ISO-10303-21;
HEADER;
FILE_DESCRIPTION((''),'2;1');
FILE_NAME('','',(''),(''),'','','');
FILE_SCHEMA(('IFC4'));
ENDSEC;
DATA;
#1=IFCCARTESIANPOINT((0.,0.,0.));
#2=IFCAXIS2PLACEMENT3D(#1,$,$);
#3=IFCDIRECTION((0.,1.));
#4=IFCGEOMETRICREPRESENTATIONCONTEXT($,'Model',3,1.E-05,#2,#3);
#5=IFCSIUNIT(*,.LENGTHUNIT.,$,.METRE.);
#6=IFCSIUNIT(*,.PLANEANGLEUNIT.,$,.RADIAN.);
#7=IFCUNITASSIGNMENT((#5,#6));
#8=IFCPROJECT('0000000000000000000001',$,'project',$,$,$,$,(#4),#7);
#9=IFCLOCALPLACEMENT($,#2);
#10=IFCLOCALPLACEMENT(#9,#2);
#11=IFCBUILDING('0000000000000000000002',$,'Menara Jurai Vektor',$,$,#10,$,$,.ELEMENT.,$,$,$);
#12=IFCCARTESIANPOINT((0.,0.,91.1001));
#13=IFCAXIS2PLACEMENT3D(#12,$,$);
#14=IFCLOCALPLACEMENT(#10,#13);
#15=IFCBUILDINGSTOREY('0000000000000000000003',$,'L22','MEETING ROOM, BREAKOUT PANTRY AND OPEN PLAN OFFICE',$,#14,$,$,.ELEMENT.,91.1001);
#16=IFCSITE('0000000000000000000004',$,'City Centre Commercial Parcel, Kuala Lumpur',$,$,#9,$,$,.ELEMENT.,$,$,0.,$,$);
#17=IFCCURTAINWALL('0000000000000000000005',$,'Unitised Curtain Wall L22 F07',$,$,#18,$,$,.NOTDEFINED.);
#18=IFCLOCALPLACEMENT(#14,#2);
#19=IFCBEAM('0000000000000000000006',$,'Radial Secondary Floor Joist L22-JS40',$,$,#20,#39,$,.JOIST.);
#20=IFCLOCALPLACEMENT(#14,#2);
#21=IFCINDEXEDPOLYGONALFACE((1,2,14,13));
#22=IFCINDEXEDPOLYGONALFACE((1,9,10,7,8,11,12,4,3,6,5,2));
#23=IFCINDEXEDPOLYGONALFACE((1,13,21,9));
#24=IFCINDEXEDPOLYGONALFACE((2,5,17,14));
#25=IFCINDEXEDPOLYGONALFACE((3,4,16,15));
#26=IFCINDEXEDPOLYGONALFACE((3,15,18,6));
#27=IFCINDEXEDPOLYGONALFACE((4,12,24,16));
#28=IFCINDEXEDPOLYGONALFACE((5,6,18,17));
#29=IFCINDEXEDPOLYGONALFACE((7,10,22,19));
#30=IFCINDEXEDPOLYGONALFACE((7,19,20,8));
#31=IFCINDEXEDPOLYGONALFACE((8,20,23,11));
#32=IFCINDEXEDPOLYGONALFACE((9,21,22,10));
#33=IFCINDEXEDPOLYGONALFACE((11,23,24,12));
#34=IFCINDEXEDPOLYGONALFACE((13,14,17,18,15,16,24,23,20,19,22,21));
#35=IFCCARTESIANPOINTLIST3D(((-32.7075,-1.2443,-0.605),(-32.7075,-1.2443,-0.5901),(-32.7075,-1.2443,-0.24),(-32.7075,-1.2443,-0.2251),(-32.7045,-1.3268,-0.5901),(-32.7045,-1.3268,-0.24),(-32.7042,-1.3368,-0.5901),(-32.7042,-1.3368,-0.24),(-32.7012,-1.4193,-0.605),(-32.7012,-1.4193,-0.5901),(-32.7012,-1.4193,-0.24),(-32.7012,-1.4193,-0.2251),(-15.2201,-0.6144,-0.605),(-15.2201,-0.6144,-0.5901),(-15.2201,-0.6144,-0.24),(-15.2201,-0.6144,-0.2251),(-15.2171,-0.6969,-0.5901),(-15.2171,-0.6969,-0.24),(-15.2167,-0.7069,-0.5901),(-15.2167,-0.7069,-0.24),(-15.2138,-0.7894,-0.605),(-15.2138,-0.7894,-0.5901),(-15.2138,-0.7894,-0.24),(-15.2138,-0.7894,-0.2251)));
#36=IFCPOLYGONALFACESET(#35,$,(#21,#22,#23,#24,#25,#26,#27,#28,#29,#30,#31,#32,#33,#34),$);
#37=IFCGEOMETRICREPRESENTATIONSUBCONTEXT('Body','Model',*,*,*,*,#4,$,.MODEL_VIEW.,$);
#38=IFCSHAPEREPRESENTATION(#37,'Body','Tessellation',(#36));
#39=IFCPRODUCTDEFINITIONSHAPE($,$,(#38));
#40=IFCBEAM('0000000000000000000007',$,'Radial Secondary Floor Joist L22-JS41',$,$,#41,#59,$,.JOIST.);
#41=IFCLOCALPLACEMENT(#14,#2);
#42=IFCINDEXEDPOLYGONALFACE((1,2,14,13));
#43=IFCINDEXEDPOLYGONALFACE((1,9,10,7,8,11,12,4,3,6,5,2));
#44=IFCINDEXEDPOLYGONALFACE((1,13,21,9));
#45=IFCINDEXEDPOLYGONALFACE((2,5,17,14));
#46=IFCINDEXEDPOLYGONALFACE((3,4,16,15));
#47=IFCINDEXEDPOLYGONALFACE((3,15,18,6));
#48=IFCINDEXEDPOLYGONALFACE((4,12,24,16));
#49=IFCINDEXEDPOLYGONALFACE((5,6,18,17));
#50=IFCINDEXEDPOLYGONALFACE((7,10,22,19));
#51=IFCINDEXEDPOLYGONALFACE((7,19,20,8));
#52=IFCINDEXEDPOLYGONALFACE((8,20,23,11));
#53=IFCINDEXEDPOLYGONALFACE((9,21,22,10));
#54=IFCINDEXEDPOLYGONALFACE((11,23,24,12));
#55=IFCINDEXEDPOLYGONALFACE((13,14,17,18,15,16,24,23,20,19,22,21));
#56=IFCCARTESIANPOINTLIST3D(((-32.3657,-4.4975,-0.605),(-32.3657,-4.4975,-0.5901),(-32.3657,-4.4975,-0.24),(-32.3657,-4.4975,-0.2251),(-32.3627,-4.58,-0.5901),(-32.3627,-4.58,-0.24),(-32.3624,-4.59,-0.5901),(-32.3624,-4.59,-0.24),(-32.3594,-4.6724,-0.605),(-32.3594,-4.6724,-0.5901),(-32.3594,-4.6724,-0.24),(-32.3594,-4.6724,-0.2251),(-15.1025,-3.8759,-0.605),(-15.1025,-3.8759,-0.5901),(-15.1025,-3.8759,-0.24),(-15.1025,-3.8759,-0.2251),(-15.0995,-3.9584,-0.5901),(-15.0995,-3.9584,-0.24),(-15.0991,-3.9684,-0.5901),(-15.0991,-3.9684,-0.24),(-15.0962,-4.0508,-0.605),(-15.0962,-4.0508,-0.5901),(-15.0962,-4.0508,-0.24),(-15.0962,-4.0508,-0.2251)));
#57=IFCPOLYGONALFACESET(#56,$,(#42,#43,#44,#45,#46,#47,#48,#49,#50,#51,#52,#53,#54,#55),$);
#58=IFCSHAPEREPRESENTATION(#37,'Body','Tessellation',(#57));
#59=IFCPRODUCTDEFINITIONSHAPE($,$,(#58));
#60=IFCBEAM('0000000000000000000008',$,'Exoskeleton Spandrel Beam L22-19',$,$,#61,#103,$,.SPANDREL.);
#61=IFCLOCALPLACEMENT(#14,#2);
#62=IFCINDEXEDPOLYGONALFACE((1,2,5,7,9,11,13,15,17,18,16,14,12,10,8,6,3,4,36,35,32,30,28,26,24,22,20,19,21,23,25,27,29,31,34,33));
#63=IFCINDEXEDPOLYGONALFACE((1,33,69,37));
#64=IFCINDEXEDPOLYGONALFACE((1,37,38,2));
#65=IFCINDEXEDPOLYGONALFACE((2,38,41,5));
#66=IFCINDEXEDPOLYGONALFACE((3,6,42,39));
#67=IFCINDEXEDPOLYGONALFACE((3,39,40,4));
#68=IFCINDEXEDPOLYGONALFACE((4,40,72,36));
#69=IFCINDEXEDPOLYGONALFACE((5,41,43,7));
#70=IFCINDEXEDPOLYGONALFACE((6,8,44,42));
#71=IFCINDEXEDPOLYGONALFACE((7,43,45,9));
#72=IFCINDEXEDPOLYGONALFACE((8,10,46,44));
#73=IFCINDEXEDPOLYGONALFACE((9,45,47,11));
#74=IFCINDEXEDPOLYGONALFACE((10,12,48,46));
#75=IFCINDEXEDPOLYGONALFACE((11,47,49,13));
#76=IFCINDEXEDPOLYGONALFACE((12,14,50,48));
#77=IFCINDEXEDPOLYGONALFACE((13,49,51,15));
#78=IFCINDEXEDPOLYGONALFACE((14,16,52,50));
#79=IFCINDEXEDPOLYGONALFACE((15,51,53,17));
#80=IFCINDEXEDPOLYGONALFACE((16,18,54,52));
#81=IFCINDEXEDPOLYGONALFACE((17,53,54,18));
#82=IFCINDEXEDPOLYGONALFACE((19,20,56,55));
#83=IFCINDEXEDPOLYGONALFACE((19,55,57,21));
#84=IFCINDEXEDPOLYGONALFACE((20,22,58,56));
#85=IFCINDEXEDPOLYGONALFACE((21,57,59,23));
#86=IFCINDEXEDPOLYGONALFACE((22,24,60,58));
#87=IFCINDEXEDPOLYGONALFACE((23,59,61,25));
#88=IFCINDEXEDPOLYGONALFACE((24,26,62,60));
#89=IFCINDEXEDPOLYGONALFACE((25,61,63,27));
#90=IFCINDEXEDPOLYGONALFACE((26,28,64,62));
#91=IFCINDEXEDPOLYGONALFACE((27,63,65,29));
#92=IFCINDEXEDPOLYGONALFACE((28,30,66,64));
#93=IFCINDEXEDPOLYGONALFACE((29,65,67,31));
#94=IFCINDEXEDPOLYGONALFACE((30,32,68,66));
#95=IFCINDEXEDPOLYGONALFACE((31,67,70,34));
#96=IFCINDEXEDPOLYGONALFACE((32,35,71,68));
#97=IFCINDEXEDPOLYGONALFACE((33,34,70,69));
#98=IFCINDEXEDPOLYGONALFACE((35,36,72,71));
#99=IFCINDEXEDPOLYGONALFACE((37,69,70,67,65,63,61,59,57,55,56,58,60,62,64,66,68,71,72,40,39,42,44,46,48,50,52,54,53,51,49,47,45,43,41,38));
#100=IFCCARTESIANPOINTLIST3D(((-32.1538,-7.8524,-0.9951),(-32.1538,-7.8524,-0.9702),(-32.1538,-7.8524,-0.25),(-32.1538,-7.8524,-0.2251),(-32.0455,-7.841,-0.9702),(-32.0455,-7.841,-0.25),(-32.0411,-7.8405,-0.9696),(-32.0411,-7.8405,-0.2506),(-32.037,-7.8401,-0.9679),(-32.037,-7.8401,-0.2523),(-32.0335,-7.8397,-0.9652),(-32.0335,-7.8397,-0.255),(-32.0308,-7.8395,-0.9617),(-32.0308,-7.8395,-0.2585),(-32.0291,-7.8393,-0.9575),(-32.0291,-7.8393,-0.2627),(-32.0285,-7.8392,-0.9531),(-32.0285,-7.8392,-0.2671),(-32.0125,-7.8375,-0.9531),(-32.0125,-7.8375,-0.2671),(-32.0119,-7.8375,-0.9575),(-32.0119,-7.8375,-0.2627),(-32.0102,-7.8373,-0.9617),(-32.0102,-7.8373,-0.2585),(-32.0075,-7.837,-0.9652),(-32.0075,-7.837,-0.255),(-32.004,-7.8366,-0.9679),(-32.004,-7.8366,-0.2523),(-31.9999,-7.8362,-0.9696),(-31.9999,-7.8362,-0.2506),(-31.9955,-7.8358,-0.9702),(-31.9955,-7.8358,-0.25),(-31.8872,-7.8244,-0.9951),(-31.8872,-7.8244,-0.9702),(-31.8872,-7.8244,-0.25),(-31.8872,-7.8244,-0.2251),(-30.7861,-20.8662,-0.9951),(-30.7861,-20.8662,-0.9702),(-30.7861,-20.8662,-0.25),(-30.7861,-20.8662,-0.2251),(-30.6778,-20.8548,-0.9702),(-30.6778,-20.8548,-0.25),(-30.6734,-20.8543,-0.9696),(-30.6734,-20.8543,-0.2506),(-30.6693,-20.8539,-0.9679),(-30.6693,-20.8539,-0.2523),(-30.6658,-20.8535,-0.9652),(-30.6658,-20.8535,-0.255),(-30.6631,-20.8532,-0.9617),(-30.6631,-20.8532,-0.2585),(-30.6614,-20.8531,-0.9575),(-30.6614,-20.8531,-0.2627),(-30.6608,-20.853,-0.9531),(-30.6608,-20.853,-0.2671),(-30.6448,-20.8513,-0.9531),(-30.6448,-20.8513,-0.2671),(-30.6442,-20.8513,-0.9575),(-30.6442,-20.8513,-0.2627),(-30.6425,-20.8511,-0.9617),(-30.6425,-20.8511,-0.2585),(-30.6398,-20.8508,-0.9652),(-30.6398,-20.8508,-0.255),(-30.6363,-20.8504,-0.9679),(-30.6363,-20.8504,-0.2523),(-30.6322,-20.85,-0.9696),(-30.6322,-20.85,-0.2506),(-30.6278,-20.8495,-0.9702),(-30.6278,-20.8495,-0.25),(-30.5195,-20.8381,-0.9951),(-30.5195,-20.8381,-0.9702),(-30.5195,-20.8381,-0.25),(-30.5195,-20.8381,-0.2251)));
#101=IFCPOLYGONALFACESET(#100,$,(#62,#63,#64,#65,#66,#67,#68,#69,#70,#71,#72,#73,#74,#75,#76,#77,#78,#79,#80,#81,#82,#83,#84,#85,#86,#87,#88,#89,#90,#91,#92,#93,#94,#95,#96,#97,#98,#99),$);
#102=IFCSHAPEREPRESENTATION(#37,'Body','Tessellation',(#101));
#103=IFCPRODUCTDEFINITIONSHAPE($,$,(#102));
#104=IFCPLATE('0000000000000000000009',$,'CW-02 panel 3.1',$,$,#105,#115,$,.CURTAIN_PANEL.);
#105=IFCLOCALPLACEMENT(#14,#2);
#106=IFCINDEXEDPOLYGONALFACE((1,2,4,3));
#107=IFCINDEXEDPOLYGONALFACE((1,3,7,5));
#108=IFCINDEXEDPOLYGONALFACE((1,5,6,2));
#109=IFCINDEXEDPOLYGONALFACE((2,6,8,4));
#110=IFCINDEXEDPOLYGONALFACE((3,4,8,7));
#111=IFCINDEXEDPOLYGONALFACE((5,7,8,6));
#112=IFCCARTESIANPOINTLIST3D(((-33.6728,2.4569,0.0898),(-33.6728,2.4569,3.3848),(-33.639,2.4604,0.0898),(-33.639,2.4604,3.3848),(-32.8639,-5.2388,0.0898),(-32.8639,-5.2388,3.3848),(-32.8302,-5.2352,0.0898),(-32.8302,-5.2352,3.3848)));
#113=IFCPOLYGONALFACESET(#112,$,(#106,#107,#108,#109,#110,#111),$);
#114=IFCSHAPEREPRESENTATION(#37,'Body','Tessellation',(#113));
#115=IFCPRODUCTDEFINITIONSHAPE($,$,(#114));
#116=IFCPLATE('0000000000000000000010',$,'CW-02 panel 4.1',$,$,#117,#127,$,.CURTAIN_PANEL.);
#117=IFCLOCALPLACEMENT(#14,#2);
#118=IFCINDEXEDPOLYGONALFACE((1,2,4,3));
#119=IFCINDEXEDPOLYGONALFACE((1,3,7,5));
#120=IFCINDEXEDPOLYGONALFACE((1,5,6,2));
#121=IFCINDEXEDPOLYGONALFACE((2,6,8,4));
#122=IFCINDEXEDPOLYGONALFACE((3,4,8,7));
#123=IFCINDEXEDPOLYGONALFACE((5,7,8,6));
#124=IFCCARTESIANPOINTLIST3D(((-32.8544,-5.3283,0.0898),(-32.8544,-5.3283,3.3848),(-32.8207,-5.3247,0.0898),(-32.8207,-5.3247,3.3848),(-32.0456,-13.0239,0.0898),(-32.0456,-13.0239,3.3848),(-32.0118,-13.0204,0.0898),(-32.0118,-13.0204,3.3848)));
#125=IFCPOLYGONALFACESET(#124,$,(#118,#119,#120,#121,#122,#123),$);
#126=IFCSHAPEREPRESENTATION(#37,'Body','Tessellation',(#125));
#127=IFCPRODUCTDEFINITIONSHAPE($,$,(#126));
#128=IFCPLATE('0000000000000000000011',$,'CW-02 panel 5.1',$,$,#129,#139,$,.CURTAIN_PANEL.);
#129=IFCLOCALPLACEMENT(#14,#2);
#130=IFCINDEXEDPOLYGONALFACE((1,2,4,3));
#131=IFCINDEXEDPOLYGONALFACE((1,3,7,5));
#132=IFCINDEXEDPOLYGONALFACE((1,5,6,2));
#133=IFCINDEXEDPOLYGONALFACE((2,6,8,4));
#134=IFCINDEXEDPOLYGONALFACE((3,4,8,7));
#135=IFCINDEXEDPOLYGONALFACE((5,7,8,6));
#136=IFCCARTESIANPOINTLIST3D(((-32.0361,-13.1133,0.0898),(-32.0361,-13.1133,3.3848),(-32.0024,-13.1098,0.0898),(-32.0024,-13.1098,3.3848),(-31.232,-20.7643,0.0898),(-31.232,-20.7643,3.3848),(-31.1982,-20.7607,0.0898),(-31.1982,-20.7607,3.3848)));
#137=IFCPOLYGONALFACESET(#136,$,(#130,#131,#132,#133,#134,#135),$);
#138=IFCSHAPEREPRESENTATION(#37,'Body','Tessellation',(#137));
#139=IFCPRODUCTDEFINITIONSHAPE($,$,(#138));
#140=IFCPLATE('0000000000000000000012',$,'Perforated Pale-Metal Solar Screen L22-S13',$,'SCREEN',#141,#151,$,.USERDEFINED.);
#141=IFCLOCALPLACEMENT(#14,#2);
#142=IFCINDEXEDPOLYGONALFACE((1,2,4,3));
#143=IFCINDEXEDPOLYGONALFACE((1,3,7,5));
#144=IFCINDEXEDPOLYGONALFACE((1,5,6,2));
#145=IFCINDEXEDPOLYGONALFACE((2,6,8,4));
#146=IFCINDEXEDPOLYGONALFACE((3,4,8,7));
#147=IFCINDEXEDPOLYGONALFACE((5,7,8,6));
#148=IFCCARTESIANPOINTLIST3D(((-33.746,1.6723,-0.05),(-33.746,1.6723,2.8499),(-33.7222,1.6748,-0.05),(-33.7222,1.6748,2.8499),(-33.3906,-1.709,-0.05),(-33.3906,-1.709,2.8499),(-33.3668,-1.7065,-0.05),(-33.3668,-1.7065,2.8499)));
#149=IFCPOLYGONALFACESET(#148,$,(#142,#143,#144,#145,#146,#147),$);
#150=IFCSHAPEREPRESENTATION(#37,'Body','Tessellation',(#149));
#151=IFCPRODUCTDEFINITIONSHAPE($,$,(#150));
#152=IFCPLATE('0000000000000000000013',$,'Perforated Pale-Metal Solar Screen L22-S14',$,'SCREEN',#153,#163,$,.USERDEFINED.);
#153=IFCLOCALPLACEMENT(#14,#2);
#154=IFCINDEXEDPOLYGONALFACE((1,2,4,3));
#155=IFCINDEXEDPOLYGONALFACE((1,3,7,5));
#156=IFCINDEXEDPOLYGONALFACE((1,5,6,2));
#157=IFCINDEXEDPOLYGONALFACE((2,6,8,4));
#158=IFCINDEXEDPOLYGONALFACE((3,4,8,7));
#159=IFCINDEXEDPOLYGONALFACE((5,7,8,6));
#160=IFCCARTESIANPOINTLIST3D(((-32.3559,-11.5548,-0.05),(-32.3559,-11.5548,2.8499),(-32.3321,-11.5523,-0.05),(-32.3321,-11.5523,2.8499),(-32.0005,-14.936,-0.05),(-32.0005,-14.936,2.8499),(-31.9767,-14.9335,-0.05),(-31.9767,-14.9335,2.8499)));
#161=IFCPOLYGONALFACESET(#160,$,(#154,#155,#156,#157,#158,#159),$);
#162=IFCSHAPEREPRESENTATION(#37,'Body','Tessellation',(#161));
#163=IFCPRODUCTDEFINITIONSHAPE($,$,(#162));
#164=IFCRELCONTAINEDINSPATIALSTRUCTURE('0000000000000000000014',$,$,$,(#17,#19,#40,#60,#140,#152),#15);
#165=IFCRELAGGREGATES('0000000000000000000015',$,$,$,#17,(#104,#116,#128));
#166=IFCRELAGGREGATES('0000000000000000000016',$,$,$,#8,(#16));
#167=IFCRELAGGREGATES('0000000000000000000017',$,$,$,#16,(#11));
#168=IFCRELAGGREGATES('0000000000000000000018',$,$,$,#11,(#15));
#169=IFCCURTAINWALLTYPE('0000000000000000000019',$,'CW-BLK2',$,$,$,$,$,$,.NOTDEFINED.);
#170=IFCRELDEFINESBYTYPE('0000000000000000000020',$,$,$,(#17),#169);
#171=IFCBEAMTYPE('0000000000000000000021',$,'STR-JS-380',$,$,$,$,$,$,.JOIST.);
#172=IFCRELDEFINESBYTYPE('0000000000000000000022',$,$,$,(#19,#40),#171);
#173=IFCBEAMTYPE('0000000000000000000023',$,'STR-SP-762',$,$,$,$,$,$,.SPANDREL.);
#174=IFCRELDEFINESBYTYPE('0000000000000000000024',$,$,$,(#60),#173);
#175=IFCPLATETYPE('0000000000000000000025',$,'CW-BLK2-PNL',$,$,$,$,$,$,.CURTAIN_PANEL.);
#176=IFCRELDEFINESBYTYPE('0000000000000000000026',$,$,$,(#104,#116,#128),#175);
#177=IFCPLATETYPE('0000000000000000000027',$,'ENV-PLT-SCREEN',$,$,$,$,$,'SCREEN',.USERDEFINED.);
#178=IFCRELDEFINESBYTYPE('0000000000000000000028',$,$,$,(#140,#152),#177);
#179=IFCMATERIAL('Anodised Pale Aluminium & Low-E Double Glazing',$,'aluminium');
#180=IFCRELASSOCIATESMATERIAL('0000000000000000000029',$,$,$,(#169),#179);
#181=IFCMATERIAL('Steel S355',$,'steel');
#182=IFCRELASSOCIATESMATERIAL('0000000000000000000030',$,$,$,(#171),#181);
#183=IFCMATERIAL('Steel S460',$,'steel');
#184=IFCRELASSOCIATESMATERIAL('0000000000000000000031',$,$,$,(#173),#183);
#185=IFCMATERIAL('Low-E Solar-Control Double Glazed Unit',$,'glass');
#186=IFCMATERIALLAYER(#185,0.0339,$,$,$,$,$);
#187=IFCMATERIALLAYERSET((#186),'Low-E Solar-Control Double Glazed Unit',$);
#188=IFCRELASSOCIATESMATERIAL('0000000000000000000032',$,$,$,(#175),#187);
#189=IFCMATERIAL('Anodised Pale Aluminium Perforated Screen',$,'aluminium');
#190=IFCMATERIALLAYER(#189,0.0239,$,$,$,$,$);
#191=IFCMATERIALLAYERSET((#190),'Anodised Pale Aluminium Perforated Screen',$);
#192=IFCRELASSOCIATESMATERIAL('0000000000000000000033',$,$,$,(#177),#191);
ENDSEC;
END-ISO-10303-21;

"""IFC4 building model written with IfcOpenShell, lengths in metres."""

from ifc_helpers import new_model, si_unit, direction, frame, origin, origin_2d, place, context, subcontext, project, spatial, rectangle, i_section, extrude, material, layer, layer_set, material_profile, profile_set, type_object, element, aggregate, save


model = new_model("IFC4")

# Units and contexts
model_context = context("Model", 3, precision=1e-05, world=origin(), true_north=direction((0.0, 1.0)))
body_context = subcontext(model_context, "Body", "Model", "MODEL_VIEW")
ifc_project = project(units=[si_unit("LENGTHUNIT", "METRE"), si_unit("PLANEANGLEUNIT", "RADIAN")], contexts=[model_context])

# Site, building, storey
site_placement = place(None, origin())
site = spatial("IfcSite", under=ifc_project, at=site_placement, Name="City Centre Commercial Parcel, Kuala Lumpur", CompositionType="ELEMENT", RefElevation=0.0)
building_placement = place(site_placement, origin())
building = spatial("IfcBuilding", under=site, at=building_placement, Name="Menara Jurai Vektor", CompositionType="ELEMENT")
storey_placement = place(building_placement, frame((0.0, 0.0, 91.1001)))
storey = spatial("IfcBuildingStorey", under=building, at=storey_placement, Name="L22", Description="MEETING ROOM, BREAKOUT PANTRY AND OPEN PLAN OFFICE", CompositionType="ELEMENT", Elevation=91.1001)

# Shared definitions
ifc_material_1 = material(Name="Steel S460", Category="steel")

# Curtain wall
ifc_material_2 = material(Name="Anodised Pale Aluminium & Low-E Double Glazing", Category="aluminium")
curtain_wall_type = type_object("IfcCurtainWallType", Name="CW-BLK2", PredefinedType="NOTDEFINED", material=ifc_material_2)
curtain_wall_placement = place(storey_placement, origin())
curtain_wall = element("IfcCurtainWall", 1, at=curtain_wall_placement, inside=storey, type_object=curtain_wall_type, Name="Unitised Curtain Wall L22 F07", PredefinedType="NOTDEFINED")

# Beams
ifc_material_3 = material(Name="Steel S355", Category="steel")
ifc_material_profile_1 = material_profile(ifc_material_3, i_section(OverallWidth=0.175, OverallDepth=0.3799, WebThickness=0.01, FlangeThickness=0.0149, at=origin_2d()), Name="PG 380x175x58")
ifc_profile_set_1 = profile_set([ifc_material_profile_1], Name="Steel S355")
beam_type_1 = type_object("IfcBeamType", Name="STR-JS-380", PredefinedType="JOIST", material=ifc_profile_set_1)
beam_1_placement = place(storey_placement, frame((-32.7043, -1.3318, -0.415), z_axis=(0.999352, 0.035996, 0.0), x_axis=(-0.035996, 0.999352, 0.0)))
element("IfcBeam", 2, at=beam_1_placement, inside=storey, type_object=beam_type_1, Name="Radial Secondary Floor Joist L22-JS40", PredefinedType="JOIST", context=body_context, shape_type="SweptSolid", body=[
    extrude(i_section(OverallWidth=0.175, OverallDepth=0.3799, WebThickness=0.01, FlangeThickness=0.0149, at=origin_2d()), origin(), (0.0, 0.0, 1.0), 17.4988),
])
beam_2_placement = place(storey_placement, frame((-32.3625, -4.585, -0.415), z_axis=(0.999352, 0.035983, 0.0), x_axis=(-0.035983, 0.999352, 0.0)))
element("IfcBeam", 3, at=beam_2_placement, inside=storey, type_object=beam_type_1, Name="Radial Secondary Floor Joist L22-JS41", PredefinedType="JOIST", context=body_context, shape_type="SweptSolid", body=[
    extrude(i_section(OverallWidth=0.175, OverallDepth=0.3799, WebThickness=0.01, FlangeThickness=0.0149, at=origin_2d()), origin(), (0.0, 0.0, 1.0), 17.2744),
])
ifc_material_profile_2 = material_profile(ifc_material_1, i_section(OverallWidth=0.2681, OverallDepth=0.77, WebThickness=0.0161, FlangeThickness=0.0249, FilletRadius=0.0171, at=origin_2d()), Name="UKB 762x267x197")
ifc_profile_set_2 = profile_set([ifc_material_profile_2], Name="Steel S460")
beam_type_2 = type_object("IfcBeamType", Name="STR-SP-762", PredefinedType="SPANDREL", material=ifc_profile_set_2)
beam_3_placement = place(storey_placement, frame((-32.0205, -7.8384, -0.6101), z_axis=(0.10452, -0.994523, 0.0), x_axis=(0.994523, 0.10452, 0.0)))
element("IfcBeam", 4, at=beam_3_placement, inside=storey, type_object=beam_type_2, Name="Exoskeleton Spandrel Beam L22-19", PredefinedType="SPANDREL", context=body_context, shape_type="SweptSolid", body=[
    extrude(i_section(OverallWidth=0.2681, OverallDepth=0.77, WebThickness=0.0161, FlangeThickness=0.0249, FilletRadius=0.0171, at=origin_2d()), origin(), (0.0, 0.0, 1.0), 13.0854),
])

# Plates
ifc_material_4 = material(Name="Low-E Solar-Control Double Glazed Unit", Category="glass")
ifc_layer_1 = layer(ifc_material_4, 0.0339)
ifc_layer_set_1 = layer_set([ifc_layer_1], Name="Low-E Solar-Control Double Glazed Unit")
plate_type_1 = type_object("IfcPlateType", Name="CW-BLK2-PNL", PredefinedType="CURTAIN_PANEL", material=ifc_layer_set_1)
plate_1_placement = place(storey_placement, frame((-33.2515, -1.3892, 0.0898), z_axis=(0.0, 0.0, 1.0), x_axis=(0.10453, -0.994522, 0.0)))
plate_1 = element("IfcPlate", 5, at=plate_1_placement, type_object=plate_type_1, Name="CW-02 panel 3.1", PredefinedType="CURTAIN_PANEL", context=body_context, shape_type="SweptSolid", body=[
    extrude(rectangle(XDim=7.738, YDim=0.0339, at=origin_2d()), origin(), (0.0, 0.0, 1.0), 3.2949),
])
plate_2_placement = place(storey_placement, frame((-32.4331, -9.1743, 0.0898), z_axis=(0.0, 0.0, 1.0), x_axis=(0.10453, -0.994522, 0.0)))
plate_2 = element("IfcPlate", 6, at=plate_2_placement, type_object=plate_type_1, Name="CW-02 panel 4.1", PredefinedType="CURTAIN_PANEL", context=body_context, shape_type="SweptSolid", body=[
    extrude(rectangle(XDim=7.738, YDim=0.0339, at=origin_2d()), origin(), (0.0, 0.0, 1.0), 3.2949),
])
plate_3_placement = place(storey_placement, frame((-31.6172, -16.937, 0.0898), z_axis=(0.0, 0.0, 1.0), x_axis=(0.10453, -0.994522, 0.0)))
plate_3 = element("IfcPlate", 7, at=plate_3_placement, type_object=plate_type_1, Name="CW-02 panel 5.1", PredefinedType="CURTAIN_PANEL", context=body_context, shape_type="SweptSolid", body=[
    extrude(rectangle(XDim=7.6931, YDim=0.0339, at=origin_2d()), origin(), (0.0, 0.0, 1.0), 3.2949),
])
aggregate(curtain_wall, [plate_1, plate_2, plate_3])

# Plates
ifc_material_5 = material(Name="Anodised Pale Aluminium Perforated Screen", Category="aluminium")
ifc_layer_2 = layer(ifc_material_5, 0.0239)
ifc_layer_set_2 = layer_set([ifc_layer_2], Name="Anodised Pale Aluminium Perforated Screen")
plate_type_2 = type_object("IfcPlateType", Name="ENV-PLT-SCREEN", ElementType="SCREEN", PredefinedType="USERDEFINED", material=ifc_layer_set_2)
for number, where, z_axis, x_axis, name in (
    (8, (-33.5564, -0.0171, -0.05), (0.0, 0.0, 1.0), (0.104528, -0.994522, 0.0), "Perforated Pale-Metal Solar Screen L22-S13"),
    (9, (-32.1663, -13.2441, -0.05), (0.0, 0.0, 1.0), (0.104528, -0.994522, 0.0), "Perforated Pale-Metal Solar Screen L22-S14"),
):
    element("IfcPlate", number, at=place(storey_placement, frame(where, z_axis=z_axis, x_axis=x_axis)), inside=storey, type_object=plate_type_2, Name=name, ObjectType="SCREEN", PredefinedType="USERDEFINED", context=body_context, shape_type="SweptSolid", body=[
        extrude(rectangle(XDim=3.3999, YDim=0.0239, at=origin_2d()), origin(), (0.0, 0.0, 1.0), 2.8999),
    ])

save(model, "model.ifc")
